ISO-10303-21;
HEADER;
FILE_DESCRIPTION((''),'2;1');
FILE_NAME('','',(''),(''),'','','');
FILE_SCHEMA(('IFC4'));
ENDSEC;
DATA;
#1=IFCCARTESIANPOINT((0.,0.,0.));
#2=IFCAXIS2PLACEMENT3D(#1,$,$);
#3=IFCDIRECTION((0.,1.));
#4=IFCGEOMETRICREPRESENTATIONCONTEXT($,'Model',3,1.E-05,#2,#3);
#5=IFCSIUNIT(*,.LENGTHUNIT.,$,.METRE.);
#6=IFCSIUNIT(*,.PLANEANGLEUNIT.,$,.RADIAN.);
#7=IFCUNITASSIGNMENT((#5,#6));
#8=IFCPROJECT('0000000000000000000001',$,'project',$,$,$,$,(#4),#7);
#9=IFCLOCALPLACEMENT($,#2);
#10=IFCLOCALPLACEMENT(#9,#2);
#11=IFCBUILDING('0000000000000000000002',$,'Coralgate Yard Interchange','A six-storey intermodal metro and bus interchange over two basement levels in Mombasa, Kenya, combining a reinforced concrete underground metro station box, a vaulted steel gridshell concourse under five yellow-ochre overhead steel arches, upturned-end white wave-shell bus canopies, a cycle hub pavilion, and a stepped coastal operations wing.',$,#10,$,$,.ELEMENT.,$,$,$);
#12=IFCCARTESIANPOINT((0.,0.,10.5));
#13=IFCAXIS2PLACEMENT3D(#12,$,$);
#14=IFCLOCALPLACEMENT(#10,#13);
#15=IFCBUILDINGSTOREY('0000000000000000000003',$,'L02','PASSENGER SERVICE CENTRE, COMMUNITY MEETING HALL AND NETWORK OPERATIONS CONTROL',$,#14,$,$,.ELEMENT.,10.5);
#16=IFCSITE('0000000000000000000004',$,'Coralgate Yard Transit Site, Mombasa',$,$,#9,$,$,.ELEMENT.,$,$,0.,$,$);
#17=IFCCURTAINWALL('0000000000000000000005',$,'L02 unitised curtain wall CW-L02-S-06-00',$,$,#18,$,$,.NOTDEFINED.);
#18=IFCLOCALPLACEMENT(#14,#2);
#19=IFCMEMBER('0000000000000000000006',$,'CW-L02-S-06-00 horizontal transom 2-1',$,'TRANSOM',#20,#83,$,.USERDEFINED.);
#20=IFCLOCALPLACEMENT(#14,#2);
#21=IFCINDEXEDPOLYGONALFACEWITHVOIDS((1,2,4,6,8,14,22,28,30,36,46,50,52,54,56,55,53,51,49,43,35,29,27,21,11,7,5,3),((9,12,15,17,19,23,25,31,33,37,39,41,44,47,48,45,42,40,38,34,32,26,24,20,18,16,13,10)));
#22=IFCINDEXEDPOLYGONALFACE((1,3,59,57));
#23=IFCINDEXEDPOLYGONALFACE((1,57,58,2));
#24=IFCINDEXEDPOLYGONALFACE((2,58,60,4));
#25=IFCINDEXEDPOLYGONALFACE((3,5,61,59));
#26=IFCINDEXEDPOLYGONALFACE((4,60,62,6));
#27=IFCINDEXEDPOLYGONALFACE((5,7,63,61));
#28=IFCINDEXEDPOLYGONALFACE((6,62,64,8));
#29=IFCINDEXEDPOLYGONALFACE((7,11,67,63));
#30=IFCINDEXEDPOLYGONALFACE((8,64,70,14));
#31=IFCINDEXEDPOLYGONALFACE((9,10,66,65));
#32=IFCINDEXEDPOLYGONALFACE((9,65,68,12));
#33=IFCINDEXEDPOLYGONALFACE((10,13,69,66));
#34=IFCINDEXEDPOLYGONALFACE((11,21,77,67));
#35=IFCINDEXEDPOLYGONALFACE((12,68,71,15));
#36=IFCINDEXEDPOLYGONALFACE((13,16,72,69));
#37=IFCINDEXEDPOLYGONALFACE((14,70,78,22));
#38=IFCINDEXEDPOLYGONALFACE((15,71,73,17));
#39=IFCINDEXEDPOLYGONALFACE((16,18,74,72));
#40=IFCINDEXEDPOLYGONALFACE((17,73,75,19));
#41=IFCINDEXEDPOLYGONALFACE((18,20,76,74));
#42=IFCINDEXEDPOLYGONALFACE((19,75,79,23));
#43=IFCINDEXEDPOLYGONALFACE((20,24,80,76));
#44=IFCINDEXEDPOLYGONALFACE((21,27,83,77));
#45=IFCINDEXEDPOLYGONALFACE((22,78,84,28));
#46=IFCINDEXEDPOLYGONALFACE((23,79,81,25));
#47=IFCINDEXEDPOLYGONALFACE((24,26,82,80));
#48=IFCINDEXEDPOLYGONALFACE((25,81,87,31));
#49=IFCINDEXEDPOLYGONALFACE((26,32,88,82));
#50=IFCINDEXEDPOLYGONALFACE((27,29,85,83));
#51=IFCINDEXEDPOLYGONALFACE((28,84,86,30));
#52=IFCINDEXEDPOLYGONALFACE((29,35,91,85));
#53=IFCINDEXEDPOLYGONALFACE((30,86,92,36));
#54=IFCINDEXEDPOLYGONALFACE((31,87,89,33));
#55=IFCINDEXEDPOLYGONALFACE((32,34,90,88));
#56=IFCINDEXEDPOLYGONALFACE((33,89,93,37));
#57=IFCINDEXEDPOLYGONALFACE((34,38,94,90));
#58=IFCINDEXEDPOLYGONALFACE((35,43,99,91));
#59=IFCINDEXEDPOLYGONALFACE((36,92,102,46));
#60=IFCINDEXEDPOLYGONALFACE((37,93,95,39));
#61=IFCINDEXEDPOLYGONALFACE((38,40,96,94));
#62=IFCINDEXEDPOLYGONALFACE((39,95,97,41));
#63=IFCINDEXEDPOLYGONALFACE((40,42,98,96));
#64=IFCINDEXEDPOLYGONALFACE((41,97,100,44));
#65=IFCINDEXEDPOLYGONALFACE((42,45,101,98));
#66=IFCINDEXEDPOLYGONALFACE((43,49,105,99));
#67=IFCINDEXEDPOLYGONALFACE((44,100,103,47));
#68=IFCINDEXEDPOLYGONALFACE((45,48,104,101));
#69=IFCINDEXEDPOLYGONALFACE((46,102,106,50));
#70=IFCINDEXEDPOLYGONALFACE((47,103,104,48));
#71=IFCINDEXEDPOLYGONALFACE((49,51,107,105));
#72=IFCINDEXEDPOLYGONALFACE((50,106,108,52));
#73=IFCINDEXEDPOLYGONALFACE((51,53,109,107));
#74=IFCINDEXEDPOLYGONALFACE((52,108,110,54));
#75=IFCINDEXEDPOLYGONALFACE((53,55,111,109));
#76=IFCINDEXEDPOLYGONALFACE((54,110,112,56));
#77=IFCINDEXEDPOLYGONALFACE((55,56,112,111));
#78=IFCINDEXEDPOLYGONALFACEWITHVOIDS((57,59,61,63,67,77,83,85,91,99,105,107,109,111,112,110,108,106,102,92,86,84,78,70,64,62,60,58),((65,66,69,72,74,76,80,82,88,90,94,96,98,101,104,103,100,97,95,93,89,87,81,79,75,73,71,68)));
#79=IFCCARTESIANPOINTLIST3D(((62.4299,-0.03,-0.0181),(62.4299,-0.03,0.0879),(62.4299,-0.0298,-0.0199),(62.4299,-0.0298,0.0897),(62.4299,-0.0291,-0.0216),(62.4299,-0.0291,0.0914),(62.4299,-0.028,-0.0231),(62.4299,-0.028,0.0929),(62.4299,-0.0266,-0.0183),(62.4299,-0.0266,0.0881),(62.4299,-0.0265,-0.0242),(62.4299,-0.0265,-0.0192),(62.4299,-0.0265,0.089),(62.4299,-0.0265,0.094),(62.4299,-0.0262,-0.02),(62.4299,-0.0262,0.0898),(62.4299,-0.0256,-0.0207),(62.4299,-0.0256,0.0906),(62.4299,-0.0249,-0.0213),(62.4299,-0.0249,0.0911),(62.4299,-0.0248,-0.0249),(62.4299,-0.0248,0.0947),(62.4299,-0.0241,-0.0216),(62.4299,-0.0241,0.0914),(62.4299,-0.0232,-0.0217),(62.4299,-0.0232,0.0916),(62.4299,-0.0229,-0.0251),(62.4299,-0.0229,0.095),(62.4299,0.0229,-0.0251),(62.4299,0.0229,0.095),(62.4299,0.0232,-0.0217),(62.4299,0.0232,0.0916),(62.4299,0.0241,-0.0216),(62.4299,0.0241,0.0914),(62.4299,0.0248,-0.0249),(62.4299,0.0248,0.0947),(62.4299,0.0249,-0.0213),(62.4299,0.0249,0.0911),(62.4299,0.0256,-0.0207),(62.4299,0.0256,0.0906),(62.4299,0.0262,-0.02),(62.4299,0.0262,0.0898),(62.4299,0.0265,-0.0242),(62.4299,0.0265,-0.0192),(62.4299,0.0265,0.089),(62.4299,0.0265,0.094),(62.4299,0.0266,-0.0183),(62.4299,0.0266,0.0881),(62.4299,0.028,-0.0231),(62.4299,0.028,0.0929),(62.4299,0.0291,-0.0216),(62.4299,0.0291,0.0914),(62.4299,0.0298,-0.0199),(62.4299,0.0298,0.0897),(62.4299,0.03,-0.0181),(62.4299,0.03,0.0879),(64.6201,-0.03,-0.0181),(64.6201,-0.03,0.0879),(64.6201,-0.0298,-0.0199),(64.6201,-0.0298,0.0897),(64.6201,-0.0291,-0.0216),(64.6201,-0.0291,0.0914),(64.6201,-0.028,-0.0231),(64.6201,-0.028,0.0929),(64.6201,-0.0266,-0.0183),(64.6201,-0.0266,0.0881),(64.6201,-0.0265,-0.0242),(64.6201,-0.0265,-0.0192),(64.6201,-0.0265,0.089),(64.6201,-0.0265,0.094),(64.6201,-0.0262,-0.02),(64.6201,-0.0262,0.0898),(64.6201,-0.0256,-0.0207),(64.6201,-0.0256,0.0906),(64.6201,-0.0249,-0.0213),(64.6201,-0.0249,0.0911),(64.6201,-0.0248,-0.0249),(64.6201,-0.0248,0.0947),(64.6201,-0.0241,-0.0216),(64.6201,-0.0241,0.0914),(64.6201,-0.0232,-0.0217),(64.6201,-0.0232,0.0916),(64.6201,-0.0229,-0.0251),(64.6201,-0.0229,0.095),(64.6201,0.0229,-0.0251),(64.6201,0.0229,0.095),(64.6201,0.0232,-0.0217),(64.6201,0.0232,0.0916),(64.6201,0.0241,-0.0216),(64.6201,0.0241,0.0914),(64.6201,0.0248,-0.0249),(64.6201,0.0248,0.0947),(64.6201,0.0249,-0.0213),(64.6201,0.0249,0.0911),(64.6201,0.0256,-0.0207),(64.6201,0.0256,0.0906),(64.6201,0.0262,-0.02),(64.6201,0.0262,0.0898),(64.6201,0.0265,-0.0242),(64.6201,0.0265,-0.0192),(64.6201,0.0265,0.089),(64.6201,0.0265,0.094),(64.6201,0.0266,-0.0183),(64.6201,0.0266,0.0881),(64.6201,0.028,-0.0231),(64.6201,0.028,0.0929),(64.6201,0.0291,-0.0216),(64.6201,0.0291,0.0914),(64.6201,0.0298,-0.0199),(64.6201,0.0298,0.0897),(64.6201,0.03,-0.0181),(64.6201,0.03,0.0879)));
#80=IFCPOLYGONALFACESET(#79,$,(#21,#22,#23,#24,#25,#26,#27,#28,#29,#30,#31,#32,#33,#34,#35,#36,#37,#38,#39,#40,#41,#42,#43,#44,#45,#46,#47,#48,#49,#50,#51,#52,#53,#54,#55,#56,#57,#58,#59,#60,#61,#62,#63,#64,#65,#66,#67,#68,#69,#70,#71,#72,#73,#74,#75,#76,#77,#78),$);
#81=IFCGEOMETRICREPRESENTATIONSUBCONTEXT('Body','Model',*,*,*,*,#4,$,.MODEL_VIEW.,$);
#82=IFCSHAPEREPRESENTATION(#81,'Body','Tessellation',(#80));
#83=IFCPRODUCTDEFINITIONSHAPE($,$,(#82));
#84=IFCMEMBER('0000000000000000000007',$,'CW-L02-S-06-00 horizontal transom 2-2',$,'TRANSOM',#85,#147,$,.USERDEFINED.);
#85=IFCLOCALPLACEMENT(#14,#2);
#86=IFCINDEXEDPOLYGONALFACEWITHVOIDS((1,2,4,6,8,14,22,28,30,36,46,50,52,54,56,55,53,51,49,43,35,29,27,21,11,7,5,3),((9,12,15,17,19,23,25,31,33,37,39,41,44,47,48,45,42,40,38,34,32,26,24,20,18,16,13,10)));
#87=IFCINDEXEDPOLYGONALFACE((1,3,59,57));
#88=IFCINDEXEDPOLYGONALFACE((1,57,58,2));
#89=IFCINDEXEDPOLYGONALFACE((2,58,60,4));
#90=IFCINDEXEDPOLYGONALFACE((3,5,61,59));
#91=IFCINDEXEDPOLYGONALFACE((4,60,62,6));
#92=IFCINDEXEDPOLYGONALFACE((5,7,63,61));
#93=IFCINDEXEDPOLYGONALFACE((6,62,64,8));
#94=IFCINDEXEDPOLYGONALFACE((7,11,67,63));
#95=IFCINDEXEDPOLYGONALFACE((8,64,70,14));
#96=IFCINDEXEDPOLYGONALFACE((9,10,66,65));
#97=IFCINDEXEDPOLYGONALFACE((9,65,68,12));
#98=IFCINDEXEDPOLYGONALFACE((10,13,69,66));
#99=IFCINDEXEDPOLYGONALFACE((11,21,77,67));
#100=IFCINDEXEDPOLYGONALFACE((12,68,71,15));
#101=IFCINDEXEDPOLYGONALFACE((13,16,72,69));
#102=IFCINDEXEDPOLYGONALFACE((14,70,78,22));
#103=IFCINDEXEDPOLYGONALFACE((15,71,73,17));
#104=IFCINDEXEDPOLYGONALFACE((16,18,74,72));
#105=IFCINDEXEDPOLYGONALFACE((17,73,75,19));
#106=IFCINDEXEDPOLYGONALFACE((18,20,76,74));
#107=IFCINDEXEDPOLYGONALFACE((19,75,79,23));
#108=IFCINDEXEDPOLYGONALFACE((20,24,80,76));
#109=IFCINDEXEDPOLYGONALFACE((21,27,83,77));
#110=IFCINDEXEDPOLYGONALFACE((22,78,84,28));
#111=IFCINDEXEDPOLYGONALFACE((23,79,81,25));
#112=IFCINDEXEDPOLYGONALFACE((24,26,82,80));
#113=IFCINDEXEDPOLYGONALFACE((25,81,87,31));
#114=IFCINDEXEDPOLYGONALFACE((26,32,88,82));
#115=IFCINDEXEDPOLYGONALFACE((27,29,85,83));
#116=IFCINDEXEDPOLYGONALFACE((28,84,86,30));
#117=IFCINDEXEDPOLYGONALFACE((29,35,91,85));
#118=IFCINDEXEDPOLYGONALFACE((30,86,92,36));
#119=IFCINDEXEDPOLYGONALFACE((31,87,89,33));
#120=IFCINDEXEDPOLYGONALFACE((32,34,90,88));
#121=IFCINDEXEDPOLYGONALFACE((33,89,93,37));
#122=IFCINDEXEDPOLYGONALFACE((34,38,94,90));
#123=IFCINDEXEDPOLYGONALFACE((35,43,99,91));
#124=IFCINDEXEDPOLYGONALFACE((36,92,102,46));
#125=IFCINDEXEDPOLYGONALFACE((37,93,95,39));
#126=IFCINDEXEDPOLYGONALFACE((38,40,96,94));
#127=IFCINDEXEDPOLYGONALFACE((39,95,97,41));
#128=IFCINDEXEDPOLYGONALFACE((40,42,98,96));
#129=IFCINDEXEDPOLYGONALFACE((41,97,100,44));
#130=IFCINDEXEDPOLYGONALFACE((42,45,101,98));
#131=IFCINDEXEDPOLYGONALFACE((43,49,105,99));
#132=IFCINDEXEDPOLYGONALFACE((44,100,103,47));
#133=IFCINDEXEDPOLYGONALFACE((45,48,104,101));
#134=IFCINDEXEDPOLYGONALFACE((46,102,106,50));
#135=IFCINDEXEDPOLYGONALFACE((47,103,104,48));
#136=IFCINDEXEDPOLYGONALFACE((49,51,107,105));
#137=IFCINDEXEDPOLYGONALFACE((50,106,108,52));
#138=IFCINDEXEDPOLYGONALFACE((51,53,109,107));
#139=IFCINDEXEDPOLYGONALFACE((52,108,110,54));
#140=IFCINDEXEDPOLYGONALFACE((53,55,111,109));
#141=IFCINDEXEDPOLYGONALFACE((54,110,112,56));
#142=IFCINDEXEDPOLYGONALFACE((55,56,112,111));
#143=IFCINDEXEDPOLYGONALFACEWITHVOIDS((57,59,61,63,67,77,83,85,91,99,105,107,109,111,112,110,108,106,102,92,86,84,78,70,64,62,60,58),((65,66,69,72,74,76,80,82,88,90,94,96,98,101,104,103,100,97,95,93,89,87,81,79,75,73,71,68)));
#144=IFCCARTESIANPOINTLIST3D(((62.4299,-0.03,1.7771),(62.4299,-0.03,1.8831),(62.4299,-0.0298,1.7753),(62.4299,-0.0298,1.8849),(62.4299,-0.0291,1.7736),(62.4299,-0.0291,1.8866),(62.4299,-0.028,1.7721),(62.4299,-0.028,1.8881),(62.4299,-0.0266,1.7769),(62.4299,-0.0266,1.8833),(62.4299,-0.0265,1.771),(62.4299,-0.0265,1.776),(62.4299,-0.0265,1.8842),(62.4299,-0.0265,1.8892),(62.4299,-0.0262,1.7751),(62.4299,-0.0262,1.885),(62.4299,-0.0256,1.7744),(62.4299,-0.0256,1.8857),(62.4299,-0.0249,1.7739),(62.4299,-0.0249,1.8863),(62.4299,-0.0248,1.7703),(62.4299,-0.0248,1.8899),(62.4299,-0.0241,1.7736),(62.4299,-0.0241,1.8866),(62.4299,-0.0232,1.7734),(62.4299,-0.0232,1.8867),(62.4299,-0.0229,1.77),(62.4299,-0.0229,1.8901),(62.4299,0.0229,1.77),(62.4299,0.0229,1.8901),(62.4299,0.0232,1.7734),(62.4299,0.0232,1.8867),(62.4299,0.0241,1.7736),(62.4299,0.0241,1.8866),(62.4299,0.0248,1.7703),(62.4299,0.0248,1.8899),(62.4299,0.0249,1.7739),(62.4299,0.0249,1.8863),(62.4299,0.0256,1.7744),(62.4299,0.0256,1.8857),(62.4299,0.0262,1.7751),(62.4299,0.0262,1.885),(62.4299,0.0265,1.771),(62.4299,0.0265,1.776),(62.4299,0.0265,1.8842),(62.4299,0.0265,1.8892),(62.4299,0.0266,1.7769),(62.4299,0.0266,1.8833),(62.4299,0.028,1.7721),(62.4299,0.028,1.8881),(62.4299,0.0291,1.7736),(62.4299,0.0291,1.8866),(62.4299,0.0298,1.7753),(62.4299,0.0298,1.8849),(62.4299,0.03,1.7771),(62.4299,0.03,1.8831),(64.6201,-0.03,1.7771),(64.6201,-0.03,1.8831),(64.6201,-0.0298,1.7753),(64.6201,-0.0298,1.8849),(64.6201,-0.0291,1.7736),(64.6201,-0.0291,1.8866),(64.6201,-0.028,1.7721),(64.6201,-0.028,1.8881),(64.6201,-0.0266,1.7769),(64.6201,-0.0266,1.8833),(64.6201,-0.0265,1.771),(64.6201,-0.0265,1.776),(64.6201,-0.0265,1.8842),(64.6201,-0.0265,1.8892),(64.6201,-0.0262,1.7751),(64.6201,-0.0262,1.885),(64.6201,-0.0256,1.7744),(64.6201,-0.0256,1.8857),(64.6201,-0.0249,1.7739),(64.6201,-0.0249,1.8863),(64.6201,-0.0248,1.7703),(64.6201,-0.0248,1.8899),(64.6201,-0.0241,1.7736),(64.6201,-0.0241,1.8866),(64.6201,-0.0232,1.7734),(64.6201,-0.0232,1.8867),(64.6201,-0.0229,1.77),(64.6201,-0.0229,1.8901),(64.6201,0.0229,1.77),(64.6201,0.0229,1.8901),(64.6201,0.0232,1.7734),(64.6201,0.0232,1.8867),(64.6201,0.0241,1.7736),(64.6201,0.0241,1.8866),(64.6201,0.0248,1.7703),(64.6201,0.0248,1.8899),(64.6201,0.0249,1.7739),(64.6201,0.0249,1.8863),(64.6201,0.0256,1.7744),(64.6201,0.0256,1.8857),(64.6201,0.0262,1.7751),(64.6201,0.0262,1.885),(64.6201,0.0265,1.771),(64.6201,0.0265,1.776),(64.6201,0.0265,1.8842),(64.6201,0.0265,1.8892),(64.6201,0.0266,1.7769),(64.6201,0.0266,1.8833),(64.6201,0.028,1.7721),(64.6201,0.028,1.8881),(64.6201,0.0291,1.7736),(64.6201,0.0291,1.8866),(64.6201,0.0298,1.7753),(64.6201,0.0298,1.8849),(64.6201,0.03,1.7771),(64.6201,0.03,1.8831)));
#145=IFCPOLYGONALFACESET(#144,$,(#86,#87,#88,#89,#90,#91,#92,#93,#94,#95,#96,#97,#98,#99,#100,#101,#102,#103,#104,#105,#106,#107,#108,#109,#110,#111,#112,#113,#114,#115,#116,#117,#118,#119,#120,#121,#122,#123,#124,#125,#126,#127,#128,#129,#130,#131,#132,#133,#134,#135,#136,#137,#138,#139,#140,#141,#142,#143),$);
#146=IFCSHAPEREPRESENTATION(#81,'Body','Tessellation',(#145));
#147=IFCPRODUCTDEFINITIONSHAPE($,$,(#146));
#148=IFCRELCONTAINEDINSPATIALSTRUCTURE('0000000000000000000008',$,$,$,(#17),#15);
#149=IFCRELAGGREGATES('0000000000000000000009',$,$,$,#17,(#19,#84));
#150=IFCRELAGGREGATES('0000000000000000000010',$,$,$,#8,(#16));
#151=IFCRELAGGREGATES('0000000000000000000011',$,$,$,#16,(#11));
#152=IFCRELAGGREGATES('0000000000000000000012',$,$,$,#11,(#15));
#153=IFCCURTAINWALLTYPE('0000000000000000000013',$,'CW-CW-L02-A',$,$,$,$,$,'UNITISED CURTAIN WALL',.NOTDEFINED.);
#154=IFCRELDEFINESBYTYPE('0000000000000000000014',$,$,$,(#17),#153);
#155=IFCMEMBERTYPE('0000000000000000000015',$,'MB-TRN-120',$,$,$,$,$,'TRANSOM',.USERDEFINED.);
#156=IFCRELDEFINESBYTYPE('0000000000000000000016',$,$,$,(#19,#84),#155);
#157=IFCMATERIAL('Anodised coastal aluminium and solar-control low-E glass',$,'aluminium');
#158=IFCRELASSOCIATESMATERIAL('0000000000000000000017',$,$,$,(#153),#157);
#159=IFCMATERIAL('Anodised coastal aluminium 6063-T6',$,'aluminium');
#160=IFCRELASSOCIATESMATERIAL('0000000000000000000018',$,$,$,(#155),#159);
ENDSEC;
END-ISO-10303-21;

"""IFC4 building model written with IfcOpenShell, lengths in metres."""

from ifc_helpers import new_model, si_unit, direction, frame, origin, origin_2d, place, context, subcontext, project, spatial, hollow_rectangle, extrude, material, material_profile, profile_set, type_object, element, aggregate, save


model = new_model("IFC4")

# Units and contexts
model_context = context("Model", 3, precision=1e-05, world=origin(), true_north=direction((0.0, 1.0)))
body_context = subcontext(model_context, "Body", "Model", "MODEL_VIEW")
ifc_project = project(units=[si_unit("LENGTHUNIT", "METRE"), si_unit("PLANEANGLEUNIT", "RADIAN")], contexts=[model_context])

# Site, building, storey
site_placement = place(None, origin())
site = spatial("IfcSite", under=ifc_project, at=site_placement, Name="Coralgate Yard Transit Site, Mombasa", CompositionType="ELEMENT", RefElevation=0.0)
building_placement = place(site_placement, origin())
building = spatial("IfcBuilding", under=site, at=building_placement, Name="Coralgate Yard Interchange", Description="A six-storey intermodal metro and bus interchange over two basement levels in Mombasa, Kenya, combining a reinforced concrete underground metro station box, a vaulted steel gridshell concourse under five yellow-ochre overhead steel arches, upturned-end white wave-shell bus canopies, a cycle hub pavilion, and a stepped coastal operations wing.", CompositionType="ELEMENT")
storey_placement = place(building_placement, frame((0.0, 0.0, 10.5)))
storey = spatial("IfcBuildingStorey", under=building, at=storey_placement, Name="L02", Description="PASSENGER SERVICE CENTRE, COMMUNITY MEETING HALL AND NETWORK OPERATIONS CONTROL", CompositionType="ELEMENT", Elevation=10.5)

# Shared definitions
ifc_material_1 = material(Name="Anodised coastal aluminium and solar-control low-E glass", Category="aluminium")
curtain_wall_type = type_object("IfcCurtainWallType", Name="CW-CW-L02-A", ElementType="UNITISED CURTAIN WALL", PredefinedType="NOTDEFINED", material=ifc_material_1)
ifc_material_2 = material(Name="Anodised coastal aluminium 6063-T6", Category="aluminium")

# Curtain wall
curtain_wall_1_placement = place(storey_placement, origin())
curtain_wall_1 = element("IfcCurtainWall", 1, at=curtain_wall_1_placement, inside=storey, type_object=curtain_wall_type, Name="L02 unitised curtain wall CW-L02-S-06-00", PredefinedType="NOTDEFINED")

# Members
ifc_material_profile_1 = material_profile(ifc_material_2, hollow_rectangle(XDim=0.0601, YDim=0.1201, WallThickness=0.0034, InnerFilletRadius=0.0034, OuterFilletRadius=0.0071, at=origin_2d()), Name="ALU 60x120x3.5")
ifc_profile_set_1 = profile_set([ifc_material_profile_1], Name="Anodised coastal aluminium 6063-T6")
member_type_1 = type_object("IfcMemberType", Name="MB-TRN-120", ElementType="TRANSOM", PredefinedType="USERDEFINED", material=ifc_profile_set_1)
member_1_placement = place(storey_placement, frame((64.6201, 0.0, 0.0349), z_axis=(-1.0, 0.0, 0.0), x_axis=(0.0, -1.0, 0.0)))
member_1 = element("IfcMember", 2, at=member_1_placement, type_object=member_type_1, Name="CW-L02-S-06-00 horizontal transom 2-1", ObjectType="TRANSOM", PredefinedType="USERDEFINED", context=body_context, shape_type="SweptSolid", body=[
    extrude(hollow_rectangle(XDim=0.0601, YDim=0.1201, WallThickness=0.0034, InnerFilletRadius=0.0034, OuterFilletRadius=0.0071, at=origin_2d()), origin(), (0.0, 0.0, 1.0), 2.1902),
])
member_2_placement = place(storey_placement, frame((64.6201, 0.0, 1.8301), z_axis=(-1.0, 0.0, 0.0), x_axis=(0.0, -1.0, 0.0)))
member_2 = element("IfcMember", 3, at=member_2_placement, type_object=member_type_1, Name="CW-L02-S-06-00 horizontal transom 2-2", ObjectType="TRANSOM", PredefinedType="USERDEFINED", context=body_context, shape_type="SweptSolid", body=[
    extrude(hollow_rectangle(XDim=0.0601, YDim=0.1201, WallThickness=0.0034, InnerFilletRadius=0.0034, OuterFilletRadius=0.0071, at=origin_2d()), origin(), (0.0, 0.0, 1.0), 2.1902),
])

aggregate(curtain_wall_1, [member_1, member_2])

save(model, "model.ifc")
